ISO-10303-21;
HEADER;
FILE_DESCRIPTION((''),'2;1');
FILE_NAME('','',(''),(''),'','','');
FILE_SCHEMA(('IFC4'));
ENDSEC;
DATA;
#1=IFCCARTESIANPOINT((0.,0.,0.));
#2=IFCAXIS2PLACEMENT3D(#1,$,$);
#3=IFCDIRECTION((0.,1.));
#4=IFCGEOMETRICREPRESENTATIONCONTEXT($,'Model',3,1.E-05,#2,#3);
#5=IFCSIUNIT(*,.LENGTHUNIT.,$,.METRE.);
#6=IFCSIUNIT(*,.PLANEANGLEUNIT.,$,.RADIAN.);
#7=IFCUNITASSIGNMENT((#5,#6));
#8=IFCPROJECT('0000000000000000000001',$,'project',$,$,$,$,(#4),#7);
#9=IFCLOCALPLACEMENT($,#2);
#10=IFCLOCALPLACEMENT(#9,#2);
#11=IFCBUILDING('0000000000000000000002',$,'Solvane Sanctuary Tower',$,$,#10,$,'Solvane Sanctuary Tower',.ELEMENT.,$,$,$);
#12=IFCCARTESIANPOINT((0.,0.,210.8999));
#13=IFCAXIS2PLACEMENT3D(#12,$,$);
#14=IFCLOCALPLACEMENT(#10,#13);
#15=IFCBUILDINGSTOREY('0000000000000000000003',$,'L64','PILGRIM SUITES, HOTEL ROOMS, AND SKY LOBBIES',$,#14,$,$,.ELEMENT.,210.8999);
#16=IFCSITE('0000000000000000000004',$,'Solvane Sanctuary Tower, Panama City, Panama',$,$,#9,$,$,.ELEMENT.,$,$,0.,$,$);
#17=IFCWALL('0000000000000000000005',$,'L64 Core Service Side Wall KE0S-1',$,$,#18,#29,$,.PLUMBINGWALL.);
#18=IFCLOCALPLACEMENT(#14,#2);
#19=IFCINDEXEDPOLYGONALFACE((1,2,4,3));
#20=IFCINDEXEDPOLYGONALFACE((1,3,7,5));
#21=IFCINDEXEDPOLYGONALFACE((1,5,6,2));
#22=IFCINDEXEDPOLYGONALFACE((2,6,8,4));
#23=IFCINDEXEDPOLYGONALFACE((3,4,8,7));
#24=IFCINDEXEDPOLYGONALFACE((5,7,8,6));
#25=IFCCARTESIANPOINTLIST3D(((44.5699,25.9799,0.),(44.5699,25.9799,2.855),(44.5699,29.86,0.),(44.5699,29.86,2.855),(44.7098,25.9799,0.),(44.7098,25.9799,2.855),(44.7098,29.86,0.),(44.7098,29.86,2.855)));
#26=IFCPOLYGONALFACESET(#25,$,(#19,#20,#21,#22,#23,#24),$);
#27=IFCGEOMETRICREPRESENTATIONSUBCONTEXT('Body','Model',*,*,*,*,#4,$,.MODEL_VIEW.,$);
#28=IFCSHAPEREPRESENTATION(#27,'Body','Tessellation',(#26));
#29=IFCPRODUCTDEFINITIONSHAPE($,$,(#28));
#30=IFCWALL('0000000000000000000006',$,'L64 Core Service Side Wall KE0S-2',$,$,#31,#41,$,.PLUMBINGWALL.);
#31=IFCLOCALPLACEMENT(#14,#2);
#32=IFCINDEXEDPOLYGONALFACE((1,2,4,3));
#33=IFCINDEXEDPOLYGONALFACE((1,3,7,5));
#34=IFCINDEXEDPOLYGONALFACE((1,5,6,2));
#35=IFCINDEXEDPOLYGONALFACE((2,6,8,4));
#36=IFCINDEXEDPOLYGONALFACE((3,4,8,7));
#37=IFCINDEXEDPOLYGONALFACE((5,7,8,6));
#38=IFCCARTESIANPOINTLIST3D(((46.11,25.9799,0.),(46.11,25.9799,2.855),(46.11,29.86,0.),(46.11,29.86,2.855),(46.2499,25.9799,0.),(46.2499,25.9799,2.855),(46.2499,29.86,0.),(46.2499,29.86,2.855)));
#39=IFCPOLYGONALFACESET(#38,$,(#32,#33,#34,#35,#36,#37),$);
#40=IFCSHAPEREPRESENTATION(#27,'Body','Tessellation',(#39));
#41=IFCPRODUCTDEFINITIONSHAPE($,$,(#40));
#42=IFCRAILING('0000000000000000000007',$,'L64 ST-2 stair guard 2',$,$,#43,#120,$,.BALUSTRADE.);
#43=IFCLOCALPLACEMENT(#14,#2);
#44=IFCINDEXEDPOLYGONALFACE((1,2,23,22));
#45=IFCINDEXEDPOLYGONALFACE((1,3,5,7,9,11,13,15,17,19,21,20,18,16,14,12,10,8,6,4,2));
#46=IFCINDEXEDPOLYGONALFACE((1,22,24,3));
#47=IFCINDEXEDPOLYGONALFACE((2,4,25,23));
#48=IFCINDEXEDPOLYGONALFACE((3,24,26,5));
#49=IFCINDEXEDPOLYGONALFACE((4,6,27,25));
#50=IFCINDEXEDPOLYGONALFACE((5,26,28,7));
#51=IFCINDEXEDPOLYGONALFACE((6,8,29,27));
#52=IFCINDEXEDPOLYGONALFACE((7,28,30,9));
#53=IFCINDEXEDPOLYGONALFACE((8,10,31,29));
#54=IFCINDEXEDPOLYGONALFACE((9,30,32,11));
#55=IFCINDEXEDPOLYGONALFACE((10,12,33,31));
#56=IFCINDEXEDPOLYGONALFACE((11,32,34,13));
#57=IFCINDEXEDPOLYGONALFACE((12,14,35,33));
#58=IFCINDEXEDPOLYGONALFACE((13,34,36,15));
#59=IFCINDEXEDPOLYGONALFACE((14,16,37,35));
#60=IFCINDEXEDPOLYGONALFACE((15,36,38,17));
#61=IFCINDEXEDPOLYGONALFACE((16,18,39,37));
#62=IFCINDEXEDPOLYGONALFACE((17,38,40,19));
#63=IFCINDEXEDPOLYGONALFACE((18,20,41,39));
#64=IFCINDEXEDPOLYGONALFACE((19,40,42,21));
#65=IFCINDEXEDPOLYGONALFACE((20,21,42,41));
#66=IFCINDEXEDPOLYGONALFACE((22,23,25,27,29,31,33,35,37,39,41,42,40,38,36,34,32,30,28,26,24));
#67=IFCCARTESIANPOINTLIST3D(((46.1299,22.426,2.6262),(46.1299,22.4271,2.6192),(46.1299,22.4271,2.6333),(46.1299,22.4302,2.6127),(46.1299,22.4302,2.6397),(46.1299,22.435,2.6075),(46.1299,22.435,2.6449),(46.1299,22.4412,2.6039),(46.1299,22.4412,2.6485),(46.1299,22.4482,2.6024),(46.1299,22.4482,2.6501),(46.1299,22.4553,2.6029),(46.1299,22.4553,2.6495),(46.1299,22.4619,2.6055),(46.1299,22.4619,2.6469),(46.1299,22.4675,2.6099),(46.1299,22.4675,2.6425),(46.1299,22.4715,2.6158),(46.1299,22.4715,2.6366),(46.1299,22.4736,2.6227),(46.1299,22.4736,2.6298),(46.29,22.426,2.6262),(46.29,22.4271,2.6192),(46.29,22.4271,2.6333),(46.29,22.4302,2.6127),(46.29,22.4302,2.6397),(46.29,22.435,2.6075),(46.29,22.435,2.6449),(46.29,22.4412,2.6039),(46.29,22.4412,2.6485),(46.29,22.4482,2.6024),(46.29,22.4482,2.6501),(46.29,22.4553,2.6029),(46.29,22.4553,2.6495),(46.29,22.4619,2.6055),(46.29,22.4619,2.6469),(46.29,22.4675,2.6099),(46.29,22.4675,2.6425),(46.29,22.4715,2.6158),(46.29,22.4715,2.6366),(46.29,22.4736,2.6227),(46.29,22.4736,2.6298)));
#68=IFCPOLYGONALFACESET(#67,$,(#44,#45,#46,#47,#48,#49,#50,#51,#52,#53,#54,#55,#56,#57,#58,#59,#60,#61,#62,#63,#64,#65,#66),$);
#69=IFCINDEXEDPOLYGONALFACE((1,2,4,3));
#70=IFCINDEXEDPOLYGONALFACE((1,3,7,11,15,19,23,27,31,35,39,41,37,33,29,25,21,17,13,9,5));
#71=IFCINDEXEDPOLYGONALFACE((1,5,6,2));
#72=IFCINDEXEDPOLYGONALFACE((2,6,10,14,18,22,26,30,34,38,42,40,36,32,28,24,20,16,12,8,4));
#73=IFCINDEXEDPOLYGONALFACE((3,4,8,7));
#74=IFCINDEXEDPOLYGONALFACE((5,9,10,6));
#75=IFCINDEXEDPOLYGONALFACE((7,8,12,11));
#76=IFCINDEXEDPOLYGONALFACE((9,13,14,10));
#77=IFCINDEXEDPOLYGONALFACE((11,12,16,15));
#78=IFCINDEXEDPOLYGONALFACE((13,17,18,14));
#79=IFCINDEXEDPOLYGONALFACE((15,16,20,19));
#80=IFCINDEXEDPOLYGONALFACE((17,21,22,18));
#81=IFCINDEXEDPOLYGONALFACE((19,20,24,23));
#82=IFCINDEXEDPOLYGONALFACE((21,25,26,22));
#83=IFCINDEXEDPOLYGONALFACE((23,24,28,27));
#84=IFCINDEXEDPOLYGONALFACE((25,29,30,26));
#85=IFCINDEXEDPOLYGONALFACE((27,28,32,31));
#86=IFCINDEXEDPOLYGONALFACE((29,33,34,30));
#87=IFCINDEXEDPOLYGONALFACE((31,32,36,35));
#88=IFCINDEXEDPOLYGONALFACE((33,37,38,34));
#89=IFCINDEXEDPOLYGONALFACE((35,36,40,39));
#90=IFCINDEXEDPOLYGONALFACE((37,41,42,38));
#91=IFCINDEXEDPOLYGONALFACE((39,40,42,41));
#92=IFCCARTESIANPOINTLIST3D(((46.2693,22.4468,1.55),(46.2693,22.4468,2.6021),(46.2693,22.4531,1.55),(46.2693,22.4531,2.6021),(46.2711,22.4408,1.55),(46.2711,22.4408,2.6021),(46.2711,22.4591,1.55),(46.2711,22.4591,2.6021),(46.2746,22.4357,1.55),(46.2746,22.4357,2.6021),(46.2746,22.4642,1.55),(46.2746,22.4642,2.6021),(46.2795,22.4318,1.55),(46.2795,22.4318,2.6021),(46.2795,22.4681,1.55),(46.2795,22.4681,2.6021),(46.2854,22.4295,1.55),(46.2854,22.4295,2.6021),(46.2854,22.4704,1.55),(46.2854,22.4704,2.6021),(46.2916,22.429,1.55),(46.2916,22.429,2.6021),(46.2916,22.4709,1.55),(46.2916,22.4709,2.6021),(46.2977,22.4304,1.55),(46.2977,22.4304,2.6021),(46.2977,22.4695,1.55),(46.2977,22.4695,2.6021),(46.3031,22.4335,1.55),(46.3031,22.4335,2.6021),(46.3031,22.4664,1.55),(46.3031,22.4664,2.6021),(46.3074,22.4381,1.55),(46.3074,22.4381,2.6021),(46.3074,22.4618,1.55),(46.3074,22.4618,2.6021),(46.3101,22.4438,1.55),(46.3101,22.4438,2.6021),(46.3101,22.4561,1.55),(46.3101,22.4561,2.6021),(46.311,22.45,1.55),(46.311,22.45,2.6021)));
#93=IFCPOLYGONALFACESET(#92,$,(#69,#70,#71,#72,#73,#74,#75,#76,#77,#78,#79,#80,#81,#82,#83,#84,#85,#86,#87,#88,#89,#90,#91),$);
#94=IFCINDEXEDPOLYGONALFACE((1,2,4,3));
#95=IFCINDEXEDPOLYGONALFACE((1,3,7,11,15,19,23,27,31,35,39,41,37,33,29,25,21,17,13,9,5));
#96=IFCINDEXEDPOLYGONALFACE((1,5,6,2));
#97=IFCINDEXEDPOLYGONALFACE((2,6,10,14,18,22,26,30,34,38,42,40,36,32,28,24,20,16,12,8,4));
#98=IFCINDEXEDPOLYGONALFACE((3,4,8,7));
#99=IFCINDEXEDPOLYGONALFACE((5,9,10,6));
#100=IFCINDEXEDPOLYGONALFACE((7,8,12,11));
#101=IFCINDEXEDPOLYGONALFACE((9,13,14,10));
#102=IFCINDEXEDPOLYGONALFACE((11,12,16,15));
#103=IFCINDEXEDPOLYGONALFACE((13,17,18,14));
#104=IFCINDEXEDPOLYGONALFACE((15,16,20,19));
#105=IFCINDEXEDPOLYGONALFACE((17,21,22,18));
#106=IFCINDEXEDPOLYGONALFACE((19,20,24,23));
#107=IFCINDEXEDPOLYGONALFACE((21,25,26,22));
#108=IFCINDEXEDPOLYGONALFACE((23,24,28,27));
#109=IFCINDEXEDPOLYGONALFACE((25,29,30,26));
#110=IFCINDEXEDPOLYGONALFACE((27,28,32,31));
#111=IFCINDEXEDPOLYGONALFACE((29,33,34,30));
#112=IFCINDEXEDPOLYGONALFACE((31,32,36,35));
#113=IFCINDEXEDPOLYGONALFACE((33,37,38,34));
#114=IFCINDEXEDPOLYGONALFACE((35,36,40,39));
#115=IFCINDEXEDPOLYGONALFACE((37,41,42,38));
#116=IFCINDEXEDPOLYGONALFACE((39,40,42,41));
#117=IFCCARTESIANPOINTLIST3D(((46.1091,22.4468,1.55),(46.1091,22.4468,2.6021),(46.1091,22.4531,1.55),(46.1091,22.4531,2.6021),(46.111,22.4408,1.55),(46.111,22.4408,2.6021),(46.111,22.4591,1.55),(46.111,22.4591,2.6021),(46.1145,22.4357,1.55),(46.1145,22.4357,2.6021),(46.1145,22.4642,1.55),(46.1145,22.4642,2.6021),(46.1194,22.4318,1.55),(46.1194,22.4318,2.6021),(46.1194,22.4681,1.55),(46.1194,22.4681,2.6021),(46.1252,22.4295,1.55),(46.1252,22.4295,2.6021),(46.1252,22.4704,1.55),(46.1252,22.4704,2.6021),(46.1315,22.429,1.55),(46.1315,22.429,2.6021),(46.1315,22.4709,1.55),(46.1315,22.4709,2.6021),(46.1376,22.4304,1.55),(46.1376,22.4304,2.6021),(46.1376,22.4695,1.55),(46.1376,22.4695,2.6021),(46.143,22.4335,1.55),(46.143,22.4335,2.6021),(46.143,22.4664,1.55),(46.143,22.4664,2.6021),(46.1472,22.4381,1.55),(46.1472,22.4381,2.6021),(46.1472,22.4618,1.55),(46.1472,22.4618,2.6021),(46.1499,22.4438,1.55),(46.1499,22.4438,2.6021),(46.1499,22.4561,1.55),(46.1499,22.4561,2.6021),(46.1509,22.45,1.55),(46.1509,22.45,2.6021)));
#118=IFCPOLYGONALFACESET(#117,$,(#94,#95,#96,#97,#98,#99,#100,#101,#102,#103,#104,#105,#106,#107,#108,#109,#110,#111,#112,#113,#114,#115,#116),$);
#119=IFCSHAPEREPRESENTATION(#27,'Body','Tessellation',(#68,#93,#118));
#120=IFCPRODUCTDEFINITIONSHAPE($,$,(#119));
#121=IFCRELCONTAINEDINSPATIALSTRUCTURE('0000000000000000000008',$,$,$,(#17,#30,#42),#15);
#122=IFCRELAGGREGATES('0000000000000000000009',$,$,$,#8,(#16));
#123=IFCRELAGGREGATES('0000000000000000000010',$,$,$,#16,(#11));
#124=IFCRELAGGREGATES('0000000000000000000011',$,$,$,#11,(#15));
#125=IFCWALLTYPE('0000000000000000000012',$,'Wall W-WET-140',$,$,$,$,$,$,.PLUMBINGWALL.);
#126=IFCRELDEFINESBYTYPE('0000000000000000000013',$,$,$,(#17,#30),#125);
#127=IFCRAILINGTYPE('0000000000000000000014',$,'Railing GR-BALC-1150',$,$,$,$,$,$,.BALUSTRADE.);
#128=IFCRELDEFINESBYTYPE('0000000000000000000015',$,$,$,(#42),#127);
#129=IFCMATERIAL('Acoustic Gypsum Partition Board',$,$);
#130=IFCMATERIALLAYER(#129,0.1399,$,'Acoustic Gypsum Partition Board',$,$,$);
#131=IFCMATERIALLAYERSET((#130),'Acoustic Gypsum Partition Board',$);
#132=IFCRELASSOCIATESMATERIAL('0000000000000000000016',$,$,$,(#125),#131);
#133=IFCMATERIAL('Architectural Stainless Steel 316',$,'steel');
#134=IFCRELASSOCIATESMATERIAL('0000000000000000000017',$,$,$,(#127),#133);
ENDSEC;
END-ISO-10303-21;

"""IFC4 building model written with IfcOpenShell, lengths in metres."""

from ifc_helpers import new_model, si_unit, direction, frame, frame_2d, origin, origin_2d, place, context, subcontext, project, spatial, rectangle, circle, extrude, material, layer, layer_set, type_object, element, save


model = new_model("IFC4")

# Units and contexts
model_context = context("Model", 3, precision=1e-05, world=origin(), true_north=direction((0.0, 1.0)))
body_context = subcontext(model_context, "Body", "Model", "MODEL_VIEW")
ifc_project = project(units=[si_unit("LENGTHUNIT", "METRE"), si_unit("PLANEANGLEUNIT", "RADIAN")], contexts=[model_context])

# Site, building, storey
site_placement = place(None, origin())
site = spatial("IfcSite", under=ifc_project, at=site_placement, Name="Solvane Sanctuary Tower, Panama City, Panama", CompositionType="ELEMENT", RefElevation=0.0)
building_placement = place(site_placement, origin())
building = spatial("IfcBuilding", under=site, at=building_placement, Name="Solvane Sanctuary Tower", LongName="Solvane Sanctuary Tower", CompositionType="ELEMENT")
storey_placement = place(building_placement, frame((0.0, 0.0, 210.8999)))
storey = spatial("IfcBuildingStorey", under=building, at=storey_placement, Name="L64", Description="PILGRIM SUITES, HOTEL ROOMS, AND SKY LOBBIES", CompositionType="ELEMENT", Elevation=210.8999)

# Shared definitions
ifc_material_1 = material(Name="Acoustic Gypsum Partition Board")

# Shared definitions
ifc_material_2 = material(Name="Architectural Stainless Steel 316", Category="steel")

# Shared definitions
ifc_layer_1 = layer(ifc_material_1, 0.1399, Name="Acoustic Gypsum Partition Board")
ifc_layer_set_1 = layer_set([ifc_layer_1], Name="Acoustic Gypsum Partition Board")
wall_type_1 = type_object("IfcWallType", Name="Wall W-WET-140", PredefinedType="PLUMBINGWALL", material=ifc_layer_set_1)

# Walls
for number, where, z_axis, x_axis, name in (
    (1, (44.6399, 25.98, 0.0), (0.0, 0.0, 1.0), (0.0, 1.0, 0.0), "L64 Core Service Side Wall KE0S-1"),
    (2, (46.1799, 25.98, 0.0), (0.0, 0.0, 1.0), (0.0, 1.0, 0.0), "L64 Core Service Side Wall KE0S-2"),
):
    element("IfcWall", number, at=place(storey_placement, frame(where, z_axis=z_axis, x_axis=x_axis)), inside=storey, type_object=wall_type_1, Name=name, PredefinedType="PLUMBINGWALL", context=body_context, shape_type="SweptSolid", body=[
        extrude(rectangle(XDim=3.8801, YDim=0.1399, at=frame_2d((1.9399, 0.0))), origin(), (0.0, 0.0, 1.0), 2.855),
    ])

# Railing
railing_type = type_object("IfcRailingType", Name="Railing GR-BALC-1150", PredefinedType="BALUSTRADE", material=ifc_material_2)
railing_1_placement = place(storey_placement, frame((46.29, 22.45, 1.55)))
element("IfcRailing", 3, at=railing_1_placement, inside=storey, type_object=railing_type, Name="L64 ST-2 stair guard 2", PredefinedType="BALUSTRADE", context=body_context, shape_type="SweptSolid", body=[
    extrude(circle(Radius=0.0239, at=origin_2d()), frame((0.0, 0.0, 1.0762), z_axis=(-1.0, 0.0, 0.0), x_axis=(0.0, -1.0, 0.0)), (0.0, 0.0, 1.0), 0.1602),
    extrude(circle(Radius=0.021, at=origin_2d()), origin(), (0.0, 0.0, 1.0), 1.052),
    extrude(circle(Radius=0.021, at=origin_2d()), frame((-0.1602, 0.0, 0.0)), (0.0, 0.0, 1.0), 1.052),
])

save(model, "model.ifc")
